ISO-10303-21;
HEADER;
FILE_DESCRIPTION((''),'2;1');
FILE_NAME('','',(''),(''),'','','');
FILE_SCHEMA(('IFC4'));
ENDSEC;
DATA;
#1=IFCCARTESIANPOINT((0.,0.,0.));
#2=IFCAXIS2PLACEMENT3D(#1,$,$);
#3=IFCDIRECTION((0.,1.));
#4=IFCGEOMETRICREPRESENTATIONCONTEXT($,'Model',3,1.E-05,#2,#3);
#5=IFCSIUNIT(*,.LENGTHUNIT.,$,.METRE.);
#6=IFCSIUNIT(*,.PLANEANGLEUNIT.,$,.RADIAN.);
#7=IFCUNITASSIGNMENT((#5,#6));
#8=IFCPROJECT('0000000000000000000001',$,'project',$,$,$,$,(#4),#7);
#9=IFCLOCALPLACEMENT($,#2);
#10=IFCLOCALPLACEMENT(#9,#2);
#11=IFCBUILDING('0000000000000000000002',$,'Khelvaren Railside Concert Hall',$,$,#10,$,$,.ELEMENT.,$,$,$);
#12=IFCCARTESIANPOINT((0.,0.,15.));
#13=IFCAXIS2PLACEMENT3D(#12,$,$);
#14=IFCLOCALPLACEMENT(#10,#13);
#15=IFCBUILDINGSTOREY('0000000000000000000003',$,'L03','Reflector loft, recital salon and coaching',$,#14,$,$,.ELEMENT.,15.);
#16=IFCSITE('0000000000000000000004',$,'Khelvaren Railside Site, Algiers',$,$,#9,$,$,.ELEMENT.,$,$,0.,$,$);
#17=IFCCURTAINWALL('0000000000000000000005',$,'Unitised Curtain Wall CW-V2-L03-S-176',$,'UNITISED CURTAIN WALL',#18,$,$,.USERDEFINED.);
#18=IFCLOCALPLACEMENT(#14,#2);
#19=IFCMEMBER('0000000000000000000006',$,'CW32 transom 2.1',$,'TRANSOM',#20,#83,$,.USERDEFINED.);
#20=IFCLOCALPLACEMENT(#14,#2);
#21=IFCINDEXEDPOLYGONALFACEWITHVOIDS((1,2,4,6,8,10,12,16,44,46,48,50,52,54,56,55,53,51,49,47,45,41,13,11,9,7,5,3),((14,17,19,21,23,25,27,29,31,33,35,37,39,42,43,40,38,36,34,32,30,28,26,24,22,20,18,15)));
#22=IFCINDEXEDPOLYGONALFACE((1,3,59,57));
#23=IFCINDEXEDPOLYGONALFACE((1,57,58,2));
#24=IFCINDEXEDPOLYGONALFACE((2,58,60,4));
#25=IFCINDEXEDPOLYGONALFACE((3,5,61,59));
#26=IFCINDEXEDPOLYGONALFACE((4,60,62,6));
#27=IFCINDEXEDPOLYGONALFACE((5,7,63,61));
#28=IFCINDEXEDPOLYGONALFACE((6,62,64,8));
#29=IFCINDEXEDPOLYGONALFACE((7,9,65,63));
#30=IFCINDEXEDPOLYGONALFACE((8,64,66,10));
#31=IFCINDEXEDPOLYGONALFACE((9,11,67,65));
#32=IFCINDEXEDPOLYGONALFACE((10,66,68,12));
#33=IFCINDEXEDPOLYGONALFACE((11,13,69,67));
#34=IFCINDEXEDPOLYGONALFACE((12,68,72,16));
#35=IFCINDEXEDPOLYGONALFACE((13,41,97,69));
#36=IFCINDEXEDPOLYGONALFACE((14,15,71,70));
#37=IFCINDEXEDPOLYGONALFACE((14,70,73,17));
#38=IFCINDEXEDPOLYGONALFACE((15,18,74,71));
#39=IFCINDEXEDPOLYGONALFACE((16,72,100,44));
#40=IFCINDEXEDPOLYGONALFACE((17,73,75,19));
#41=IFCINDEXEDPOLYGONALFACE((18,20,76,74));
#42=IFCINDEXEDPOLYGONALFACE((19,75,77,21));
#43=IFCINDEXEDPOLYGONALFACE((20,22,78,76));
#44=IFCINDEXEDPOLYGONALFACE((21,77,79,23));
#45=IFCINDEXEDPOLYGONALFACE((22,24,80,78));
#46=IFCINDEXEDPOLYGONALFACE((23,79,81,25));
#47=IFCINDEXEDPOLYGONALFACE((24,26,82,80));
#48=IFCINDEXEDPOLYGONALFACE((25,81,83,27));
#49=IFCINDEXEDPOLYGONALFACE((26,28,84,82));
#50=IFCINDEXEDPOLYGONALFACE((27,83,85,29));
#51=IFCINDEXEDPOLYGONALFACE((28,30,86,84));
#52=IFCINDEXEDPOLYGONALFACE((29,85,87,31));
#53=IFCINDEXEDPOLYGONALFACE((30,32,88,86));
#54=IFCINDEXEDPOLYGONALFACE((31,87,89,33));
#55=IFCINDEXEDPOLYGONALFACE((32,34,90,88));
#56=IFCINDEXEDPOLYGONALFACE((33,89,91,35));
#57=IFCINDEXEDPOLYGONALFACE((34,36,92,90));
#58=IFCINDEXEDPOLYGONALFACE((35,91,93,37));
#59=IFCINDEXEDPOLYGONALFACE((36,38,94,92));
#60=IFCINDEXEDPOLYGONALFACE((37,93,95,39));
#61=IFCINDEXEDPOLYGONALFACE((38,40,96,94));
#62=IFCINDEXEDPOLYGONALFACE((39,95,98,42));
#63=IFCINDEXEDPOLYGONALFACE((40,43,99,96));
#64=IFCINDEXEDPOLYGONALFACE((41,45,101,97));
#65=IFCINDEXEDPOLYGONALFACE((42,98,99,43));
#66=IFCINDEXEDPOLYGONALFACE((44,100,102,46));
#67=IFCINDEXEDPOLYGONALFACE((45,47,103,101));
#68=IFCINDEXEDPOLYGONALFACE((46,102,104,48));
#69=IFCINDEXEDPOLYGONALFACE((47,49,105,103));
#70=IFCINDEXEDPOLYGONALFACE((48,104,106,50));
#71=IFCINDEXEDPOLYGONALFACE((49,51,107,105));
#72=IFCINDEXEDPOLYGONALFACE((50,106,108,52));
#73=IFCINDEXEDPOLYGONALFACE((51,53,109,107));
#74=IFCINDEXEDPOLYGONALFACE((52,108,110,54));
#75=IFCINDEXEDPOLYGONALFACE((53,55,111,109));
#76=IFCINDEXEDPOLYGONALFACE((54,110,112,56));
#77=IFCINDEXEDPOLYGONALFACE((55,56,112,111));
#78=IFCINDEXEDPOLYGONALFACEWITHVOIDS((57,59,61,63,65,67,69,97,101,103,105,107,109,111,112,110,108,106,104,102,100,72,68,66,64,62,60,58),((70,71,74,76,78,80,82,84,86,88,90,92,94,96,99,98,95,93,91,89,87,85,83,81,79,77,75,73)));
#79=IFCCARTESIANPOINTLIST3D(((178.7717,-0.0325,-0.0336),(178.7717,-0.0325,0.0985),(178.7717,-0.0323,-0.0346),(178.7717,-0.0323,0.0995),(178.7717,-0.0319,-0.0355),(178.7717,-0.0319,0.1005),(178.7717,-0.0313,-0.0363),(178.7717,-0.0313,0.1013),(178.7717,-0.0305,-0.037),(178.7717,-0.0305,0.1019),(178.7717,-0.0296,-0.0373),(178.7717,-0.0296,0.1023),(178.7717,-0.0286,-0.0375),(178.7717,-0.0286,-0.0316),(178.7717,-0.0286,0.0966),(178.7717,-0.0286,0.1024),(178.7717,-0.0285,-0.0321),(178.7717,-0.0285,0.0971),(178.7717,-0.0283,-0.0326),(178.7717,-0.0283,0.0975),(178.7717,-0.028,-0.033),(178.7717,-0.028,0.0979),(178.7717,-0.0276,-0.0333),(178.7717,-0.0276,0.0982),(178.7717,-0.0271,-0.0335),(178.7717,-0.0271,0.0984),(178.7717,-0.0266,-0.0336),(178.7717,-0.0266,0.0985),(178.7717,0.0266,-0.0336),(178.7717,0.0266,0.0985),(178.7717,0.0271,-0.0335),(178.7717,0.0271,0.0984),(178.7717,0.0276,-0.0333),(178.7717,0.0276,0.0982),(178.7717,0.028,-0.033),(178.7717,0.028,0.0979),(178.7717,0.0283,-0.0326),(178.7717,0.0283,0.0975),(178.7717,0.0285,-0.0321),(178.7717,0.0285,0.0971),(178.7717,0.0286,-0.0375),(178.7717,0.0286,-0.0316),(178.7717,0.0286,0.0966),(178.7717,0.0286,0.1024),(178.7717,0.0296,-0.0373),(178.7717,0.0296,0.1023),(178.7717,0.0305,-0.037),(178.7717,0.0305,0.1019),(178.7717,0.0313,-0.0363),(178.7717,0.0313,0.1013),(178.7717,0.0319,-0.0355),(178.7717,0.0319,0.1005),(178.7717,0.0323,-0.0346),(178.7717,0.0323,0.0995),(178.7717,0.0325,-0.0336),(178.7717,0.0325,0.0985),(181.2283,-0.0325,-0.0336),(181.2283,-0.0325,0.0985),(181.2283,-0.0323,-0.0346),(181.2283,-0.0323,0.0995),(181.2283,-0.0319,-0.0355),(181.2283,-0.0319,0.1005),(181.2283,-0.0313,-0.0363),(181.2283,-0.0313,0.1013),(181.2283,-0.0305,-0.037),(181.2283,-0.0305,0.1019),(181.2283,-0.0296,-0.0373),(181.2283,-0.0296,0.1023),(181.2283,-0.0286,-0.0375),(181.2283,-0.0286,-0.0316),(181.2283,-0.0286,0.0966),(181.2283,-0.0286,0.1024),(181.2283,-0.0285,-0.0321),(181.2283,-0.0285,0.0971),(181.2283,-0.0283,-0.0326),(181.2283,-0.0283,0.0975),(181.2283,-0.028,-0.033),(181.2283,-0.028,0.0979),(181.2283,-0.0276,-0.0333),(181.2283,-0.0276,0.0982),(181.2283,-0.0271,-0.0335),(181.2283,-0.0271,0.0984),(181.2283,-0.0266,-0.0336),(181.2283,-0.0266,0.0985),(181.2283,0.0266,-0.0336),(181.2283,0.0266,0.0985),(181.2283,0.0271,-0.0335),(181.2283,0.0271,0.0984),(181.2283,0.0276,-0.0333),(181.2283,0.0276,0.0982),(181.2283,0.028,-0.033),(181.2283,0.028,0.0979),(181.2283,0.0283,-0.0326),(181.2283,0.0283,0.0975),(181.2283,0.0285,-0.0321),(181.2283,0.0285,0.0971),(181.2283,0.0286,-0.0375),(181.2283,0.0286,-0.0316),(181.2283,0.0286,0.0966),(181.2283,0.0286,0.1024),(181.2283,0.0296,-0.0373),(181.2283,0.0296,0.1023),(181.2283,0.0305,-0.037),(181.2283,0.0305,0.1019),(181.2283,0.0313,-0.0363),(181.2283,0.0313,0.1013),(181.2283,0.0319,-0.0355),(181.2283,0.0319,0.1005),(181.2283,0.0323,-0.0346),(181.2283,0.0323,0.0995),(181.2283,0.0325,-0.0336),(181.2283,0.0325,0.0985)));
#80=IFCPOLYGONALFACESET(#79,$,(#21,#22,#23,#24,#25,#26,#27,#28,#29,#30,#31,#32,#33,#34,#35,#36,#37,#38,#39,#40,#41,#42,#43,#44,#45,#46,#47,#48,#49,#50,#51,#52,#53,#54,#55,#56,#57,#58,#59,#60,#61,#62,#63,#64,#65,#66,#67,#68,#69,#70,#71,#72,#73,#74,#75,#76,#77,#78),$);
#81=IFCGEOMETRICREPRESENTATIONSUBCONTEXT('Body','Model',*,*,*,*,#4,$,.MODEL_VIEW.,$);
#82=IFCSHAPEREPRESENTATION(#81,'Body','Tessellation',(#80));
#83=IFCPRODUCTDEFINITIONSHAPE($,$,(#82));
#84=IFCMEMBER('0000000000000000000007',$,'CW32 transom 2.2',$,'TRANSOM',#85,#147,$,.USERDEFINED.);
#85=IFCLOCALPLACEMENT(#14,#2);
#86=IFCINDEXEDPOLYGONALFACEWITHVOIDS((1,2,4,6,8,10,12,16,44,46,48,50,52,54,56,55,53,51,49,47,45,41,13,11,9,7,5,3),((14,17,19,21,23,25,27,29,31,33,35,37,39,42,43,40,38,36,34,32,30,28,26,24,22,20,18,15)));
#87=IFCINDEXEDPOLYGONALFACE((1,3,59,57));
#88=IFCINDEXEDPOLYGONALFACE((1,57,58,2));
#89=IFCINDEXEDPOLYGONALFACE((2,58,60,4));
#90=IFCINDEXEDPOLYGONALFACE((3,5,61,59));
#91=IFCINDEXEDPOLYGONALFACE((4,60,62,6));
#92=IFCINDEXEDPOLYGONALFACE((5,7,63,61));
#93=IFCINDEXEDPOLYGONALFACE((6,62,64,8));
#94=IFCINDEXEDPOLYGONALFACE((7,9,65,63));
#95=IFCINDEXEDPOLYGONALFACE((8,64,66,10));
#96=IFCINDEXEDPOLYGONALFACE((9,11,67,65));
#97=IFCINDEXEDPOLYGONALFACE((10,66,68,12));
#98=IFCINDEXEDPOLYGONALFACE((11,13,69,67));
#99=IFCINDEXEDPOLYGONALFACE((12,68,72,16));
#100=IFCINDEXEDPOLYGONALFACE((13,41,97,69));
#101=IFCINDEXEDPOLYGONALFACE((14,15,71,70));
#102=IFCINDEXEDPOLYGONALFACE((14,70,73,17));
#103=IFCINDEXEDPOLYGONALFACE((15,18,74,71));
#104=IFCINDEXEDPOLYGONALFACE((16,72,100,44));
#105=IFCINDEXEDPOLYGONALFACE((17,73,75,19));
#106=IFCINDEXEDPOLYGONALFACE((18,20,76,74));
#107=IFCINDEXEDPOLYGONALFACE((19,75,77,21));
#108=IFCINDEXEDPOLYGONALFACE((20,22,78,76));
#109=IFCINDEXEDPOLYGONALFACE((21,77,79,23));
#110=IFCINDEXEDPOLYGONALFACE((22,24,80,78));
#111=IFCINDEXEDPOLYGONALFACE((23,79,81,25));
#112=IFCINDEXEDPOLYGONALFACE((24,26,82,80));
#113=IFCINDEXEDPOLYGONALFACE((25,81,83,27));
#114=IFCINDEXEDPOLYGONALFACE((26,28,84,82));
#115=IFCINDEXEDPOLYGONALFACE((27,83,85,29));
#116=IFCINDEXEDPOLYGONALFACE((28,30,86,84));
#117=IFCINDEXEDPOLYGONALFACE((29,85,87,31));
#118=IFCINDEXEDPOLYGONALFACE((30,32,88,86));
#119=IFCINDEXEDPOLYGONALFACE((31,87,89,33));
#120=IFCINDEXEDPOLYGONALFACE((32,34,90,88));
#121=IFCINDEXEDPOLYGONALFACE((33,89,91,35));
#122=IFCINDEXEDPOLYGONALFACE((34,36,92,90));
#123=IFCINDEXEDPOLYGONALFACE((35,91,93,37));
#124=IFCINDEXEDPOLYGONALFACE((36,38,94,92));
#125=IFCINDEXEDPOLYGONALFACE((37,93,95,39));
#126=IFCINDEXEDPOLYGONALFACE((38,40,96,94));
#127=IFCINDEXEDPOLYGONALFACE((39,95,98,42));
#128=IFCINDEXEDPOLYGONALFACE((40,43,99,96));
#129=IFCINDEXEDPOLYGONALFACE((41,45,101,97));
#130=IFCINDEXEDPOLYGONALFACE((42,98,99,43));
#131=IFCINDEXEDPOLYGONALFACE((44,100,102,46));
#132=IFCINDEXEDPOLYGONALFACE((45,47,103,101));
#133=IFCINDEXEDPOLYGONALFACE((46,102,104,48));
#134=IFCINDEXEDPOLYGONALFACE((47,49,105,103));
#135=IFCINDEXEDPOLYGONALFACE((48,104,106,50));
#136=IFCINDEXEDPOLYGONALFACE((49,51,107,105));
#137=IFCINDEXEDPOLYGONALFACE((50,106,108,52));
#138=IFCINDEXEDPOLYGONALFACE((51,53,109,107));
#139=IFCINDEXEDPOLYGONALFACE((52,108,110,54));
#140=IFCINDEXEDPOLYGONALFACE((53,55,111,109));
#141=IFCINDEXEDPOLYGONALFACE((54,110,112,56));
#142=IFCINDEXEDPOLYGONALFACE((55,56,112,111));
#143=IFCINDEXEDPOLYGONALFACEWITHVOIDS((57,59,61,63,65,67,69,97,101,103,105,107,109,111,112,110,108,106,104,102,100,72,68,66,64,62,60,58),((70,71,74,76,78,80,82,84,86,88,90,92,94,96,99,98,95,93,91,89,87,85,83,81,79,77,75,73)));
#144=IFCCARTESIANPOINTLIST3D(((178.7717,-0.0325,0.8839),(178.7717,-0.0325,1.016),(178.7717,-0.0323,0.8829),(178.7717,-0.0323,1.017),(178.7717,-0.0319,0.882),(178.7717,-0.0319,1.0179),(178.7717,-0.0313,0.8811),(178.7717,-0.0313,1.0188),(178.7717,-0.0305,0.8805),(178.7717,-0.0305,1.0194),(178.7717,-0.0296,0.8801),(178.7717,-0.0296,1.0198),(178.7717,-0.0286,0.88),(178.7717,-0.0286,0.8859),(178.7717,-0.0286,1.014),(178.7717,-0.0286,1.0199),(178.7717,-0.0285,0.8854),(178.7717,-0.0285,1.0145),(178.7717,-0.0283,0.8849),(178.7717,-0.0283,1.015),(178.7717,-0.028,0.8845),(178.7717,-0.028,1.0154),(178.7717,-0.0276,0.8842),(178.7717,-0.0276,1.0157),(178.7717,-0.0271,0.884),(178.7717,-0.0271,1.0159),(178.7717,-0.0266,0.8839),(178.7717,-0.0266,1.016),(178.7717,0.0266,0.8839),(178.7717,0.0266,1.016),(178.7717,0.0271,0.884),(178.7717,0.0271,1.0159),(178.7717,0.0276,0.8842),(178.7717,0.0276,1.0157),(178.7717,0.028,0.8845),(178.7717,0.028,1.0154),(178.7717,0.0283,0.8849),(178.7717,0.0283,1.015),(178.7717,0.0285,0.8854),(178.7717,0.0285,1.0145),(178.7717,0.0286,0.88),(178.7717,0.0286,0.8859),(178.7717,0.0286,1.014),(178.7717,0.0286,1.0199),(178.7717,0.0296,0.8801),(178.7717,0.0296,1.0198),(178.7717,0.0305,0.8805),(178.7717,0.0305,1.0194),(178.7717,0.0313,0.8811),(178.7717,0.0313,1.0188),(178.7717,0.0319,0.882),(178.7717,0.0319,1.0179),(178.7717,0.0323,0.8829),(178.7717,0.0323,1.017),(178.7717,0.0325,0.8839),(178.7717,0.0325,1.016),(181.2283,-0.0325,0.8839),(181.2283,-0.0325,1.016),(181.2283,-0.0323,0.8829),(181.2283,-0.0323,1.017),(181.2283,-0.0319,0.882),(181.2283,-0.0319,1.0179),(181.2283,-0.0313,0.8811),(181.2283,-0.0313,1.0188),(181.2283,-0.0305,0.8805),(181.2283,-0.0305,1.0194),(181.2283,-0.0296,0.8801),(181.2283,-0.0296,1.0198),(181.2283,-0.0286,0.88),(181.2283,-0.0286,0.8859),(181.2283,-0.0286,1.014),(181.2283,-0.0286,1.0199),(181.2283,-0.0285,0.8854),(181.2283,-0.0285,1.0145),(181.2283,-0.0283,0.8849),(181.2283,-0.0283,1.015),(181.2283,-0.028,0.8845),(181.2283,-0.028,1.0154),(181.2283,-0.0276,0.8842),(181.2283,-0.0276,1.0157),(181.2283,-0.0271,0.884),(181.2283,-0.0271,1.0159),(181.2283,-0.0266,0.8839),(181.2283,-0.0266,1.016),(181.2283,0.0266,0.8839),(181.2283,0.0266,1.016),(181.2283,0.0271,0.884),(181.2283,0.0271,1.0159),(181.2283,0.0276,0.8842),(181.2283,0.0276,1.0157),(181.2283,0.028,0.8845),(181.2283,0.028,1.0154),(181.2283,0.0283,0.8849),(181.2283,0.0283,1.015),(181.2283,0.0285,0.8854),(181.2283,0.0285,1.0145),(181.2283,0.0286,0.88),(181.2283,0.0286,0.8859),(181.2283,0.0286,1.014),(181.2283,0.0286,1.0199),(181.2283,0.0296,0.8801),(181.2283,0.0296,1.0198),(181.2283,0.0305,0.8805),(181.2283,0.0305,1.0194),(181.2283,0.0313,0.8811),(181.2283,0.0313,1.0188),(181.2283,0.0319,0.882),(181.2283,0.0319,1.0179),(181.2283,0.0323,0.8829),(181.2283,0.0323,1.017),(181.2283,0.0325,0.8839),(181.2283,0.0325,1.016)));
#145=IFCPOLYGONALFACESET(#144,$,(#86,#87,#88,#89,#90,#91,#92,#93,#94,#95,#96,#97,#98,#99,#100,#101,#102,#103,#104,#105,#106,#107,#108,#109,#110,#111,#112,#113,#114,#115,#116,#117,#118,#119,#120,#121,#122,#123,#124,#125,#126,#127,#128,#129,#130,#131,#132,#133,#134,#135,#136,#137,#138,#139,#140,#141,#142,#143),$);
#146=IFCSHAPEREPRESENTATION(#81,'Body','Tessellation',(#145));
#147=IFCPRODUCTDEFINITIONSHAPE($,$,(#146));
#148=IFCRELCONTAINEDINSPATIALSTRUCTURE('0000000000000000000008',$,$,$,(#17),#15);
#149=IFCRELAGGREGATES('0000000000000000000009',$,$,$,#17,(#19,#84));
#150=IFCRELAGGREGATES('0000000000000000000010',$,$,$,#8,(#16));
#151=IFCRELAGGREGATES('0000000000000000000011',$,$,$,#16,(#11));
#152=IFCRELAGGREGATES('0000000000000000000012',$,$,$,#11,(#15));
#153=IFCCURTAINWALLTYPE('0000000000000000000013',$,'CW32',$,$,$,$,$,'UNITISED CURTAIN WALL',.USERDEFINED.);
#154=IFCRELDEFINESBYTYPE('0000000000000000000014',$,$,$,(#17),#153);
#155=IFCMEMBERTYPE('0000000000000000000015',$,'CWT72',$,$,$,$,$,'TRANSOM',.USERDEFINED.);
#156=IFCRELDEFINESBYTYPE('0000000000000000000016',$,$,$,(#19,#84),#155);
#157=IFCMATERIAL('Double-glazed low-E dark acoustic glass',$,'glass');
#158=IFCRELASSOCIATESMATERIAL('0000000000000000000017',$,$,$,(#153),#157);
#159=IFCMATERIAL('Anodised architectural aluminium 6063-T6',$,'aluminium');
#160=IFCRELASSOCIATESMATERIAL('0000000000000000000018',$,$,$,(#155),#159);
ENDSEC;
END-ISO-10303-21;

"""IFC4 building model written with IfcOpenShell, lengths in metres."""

from ifc_helpers import new_model, si_unit, direction, frame, origin, origin_2d, place, context, subcontext, project, spatial, hollow_rectangle, extrude, material, material_profile, profile_set, type_object, element, aggregate, save


model = new_model("IFC4")

# Units and contexts
model_context = context("Model", 3, precision=1e-05, world=origin(), true_north=direction((0.0, 1.0)))
body_context = subcontext(model_context, "Body", "Model", "MODEL_VIEW")
ifc_project = project(units=[si_unit("LENGTHUNIT", "METRE"), si_unit("PLANEANGLEUNIT", "RADIAN")], contexts=[model_context])

# Site, building, storey
site_placement = place(None, origin())
site = spatial("IfcSite", under=ifc_project, at=site_placement, Name="Khelvaren Railside Site, Algiers", CompositionType="ELEMENT", RefElevation=0.0)
building_placement = place(site_placement, origin())
building = spatial("IfcBuilding", under=site, at=building_placement, Name="Khelvaren Railside Concert Hall", CompositionType="ELEMENT")
storey_placement = place(building_placement, frame((0.0, 0.0, 15.0)))
storey = spatial("IfcBuildingStorey", under=building, at=storey_placement, Name="L03", Description="Reflector loft, recital salon and coaching", CompositionType="ELEMENT", Elevation=15.0)

# Curtain wall
ifc_material_1 = material(Name="Double-glazed low-E dark acoustic glass", Category="glass")
curtain_wall_type_1 = type_object("IfcCurtainWallType", Name="CW32", ElementType="UNITISED CURTAIN WALL", PredefinedType="USERDEFINED", material=ifc_material_1)
curtain_wall_1_placement = place(storey_placement, origin())
curtain_wall_1 = element("IfcCurtainWall", 1, at=curtain_wall_1_placement, inside=storey, type_object=curtain_wall_type_1, Name="Unitised Curtain Wall CW-V2-L03-S-176", ObjectType="UNITISED CURTAIN WALL", PredefinedType="USERDEFINED")
ifc_material_2 = material(Name="Anodised architectural aluminium 6063-T6", Category="aluminium")

# Members
ifc_material_profile_1 = material_profile(ifc_material_2, hollow_rectangle(XDim=0.0649, YDim=0.1399, WallThickness=0.0039, InnerFilletRadius=0.002, OuterFilletRadius=0.0039, at=origin_2d()), Name="CWT 65x140x4")
ifc_profile_set_1 = profile_set([ifc_material_profile_1], Name="Anodised architectural aluminium 6063-T6")
member_type_1 = type_object("IfcMemberType", Name="CWT72", ElementType="TRANSOM", PredefinedType="USERDEFINED", material=ifc_profile_set_1)
member_1_placement = place(storey_placement, frame((181.2283, 0.0, 0.0325), z_axis=(-1.0, 0.0, 0.0), x_axis=(0.0, -1.0, 0.0)))
member_1 = element("IfcMember", 2, at=member_1_placement, type_object=member_type_1, Name="CW32 transom 2.1", ObjectType="TRANSOM", PredefinedType="USERDEFINED", context=body_context, shape_type="SweptSolid", body=[
    extrude(hollow_rectangle(XDim=0.0649, YDim=0.1399, WallThickness=0.0039, InnerFilletRadius=0.002, OuterFilletRadius=0.0039, at=origin_2d()), origin(), (0.0, 0.0, 1.0), 2.4565),
])
member_2_placement = place(storey_placement, frame((181.2283, 0.0, 0.95), z_axis=(-1.0, 0.0, 0.0), x_axis=(0.0, -1.0, 0.0)))
member_2 = element("IfcMember", 3, at=member_2_placement, type_object=member_type_1, Name="CW32 transom 2.2", ObjectType="TRANSOM", PredefinedType="USERDEFINED", context=body_context, shape_type="SweptSolid", body=[
    extrude(hollow_rectangle(XDim=0.0649, YDim=0.1399, WallThickness=0.0039, InnerFilletRadius=0.002, OuterFilletRadius=0.0039, at=origin_2d()), origin(), (0.0, 0.0, 1.0), 2.4565),
])

aggregate(curtain_wall_1, [member_1, member_2])

save(model, "model.ifc")
